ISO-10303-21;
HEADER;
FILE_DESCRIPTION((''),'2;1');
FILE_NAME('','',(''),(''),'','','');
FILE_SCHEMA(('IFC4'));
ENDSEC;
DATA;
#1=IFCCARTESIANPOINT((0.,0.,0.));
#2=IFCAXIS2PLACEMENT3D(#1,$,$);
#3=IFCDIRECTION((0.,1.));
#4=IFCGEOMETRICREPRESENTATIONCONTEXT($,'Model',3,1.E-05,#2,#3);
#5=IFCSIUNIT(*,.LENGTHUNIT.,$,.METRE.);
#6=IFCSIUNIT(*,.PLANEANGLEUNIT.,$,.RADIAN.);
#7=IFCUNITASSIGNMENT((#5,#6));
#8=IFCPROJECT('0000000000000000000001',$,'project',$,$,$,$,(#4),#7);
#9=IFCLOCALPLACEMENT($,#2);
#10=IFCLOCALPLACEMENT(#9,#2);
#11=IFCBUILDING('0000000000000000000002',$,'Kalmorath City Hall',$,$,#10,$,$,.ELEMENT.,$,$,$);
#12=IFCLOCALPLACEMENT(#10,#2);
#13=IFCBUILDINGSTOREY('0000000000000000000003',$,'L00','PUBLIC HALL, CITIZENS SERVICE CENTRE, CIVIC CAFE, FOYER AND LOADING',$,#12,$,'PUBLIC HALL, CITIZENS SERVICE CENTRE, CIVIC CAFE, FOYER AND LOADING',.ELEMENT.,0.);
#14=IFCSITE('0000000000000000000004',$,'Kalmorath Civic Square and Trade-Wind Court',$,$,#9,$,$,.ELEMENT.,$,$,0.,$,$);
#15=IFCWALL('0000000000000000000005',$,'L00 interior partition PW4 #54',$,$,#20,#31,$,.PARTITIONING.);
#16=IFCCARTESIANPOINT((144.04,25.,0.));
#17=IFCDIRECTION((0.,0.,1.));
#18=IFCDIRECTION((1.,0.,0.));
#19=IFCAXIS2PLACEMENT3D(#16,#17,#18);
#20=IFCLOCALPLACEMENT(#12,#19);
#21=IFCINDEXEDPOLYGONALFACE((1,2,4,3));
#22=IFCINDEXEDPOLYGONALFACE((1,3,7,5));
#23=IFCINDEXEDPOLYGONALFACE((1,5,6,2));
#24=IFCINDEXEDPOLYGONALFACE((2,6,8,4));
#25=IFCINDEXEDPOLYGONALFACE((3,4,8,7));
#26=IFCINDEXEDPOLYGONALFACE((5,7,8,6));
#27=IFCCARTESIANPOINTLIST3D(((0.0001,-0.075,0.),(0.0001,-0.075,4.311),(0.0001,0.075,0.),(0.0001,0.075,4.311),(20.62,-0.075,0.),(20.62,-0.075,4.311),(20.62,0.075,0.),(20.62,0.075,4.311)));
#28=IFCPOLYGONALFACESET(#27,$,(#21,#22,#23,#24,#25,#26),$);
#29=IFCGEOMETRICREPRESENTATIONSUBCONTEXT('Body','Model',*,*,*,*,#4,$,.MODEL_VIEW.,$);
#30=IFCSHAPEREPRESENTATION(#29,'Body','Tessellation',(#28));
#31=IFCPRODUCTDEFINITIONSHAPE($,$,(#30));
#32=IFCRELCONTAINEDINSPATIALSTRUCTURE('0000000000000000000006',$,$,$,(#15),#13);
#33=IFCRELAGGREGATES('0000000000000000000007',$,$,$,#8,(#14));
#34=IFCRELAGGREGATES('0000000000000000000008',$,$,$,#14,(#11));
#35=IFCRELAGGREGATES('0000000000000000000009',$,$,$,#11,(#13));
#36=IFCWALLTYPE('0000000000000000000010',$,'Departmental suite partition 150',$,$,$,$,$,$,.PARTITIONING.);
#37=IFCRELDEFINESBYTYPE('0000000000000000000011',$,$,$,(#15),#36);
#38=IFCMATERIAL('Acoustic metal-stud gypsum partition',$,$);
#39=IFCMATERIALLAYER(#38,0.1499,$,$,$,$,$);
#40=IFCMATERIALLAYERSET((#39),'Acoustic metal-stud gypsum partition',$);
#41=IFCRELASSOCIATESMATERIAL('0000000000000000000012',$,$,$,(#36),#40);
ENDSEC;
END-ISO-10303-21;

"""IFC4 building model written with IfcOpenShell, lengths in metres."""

from ifc_helpers import new_model, si_unit, direction, frame, frame_2d, origin, place, context, subcontext, project, spatial, rectangle, extrude, material, layer, layer_set, type_object, element, save


model = new_model("IFC4")

# Units and contexts
model_context = context("Model", 3, precision=1e-05, world=origin(), true_north=direction((0.0, 1.0)))
body_context = subcontext(model_context, "Body", "Model", "MODEL_VIEW")
ifc_project = project(units=[si_unit("LENGTHUNIT", "METRE"), si_unit("PLANEANGLEUNIT", "RADIAN")], contexts=[model_context])

# Site, building, storey
site_placement = place(None, origin())
site = spatial("IfcSite", under=ifc_project, at=site_placement, Name="Kalmorath Civic Square and Trade-Wind Court", CompositionType="ELEMENT", RefElevation=0.0)
building_placement = place(site_placement, origin())
building = spatial("IfcBuilding", under=site, at=building_placement, Name="Kalmorath City Hall", CompositionType="ELEMENT")
storey_placement = place(building_placement, origin())
storey = spatial("IfcBuildingStorey", under=building, at=storey_placement, Name="L00", Description="PUBLIC HALL, CITIZENS SERVICE CENTRE, CIVIC CAFE, FOYER AND LOADING", LongName="PUBLIC HALL, CITIZENS SERVICE CENTRE, CIVIC CAFE, FOYER AND LOADING", CompositionType="ELEMENT", Elevation=0.0)

# Shared definitions
ifc_material_1 = material(Name="Acoustic metal-stud gypsum partition")
ifc_layer_1 = layer(ifc_material_1, 0.1499)
ifc_layer_set_1 = layer_set([ifc_layer_1], Name="Acoustic metal-stud gypsum partition")
wall_type_1 = type_object("IfcWallType", Name="Departmental suite partition 150", PredefinedType="PARTITIONING", material=ifc_layer_set_1)

# Wall
wall_1_placement = place(storey_placement, frame((144.04, 25.0, 0.0), z_axis=(0.0, 0.0, 1.0), x_axis=(1.0, 0.0, 0.0)))
element("IfcWall", 1, at=wall_1_placement, inside=storey, type_object=wall_type_1, Name="L00 interior partition PW4 #54", PredefinedType="PARTITIONING", context=body_context, shape_type="SweptSolid", body=[
    extrude(rectangle(XDim=20.6199, YDim=0.1499, at=frame_2d((10.3101, 0.0))), origin(), (0.0, 0.0, 1.0), 4.311),
])

save(model, "model.ifc")
